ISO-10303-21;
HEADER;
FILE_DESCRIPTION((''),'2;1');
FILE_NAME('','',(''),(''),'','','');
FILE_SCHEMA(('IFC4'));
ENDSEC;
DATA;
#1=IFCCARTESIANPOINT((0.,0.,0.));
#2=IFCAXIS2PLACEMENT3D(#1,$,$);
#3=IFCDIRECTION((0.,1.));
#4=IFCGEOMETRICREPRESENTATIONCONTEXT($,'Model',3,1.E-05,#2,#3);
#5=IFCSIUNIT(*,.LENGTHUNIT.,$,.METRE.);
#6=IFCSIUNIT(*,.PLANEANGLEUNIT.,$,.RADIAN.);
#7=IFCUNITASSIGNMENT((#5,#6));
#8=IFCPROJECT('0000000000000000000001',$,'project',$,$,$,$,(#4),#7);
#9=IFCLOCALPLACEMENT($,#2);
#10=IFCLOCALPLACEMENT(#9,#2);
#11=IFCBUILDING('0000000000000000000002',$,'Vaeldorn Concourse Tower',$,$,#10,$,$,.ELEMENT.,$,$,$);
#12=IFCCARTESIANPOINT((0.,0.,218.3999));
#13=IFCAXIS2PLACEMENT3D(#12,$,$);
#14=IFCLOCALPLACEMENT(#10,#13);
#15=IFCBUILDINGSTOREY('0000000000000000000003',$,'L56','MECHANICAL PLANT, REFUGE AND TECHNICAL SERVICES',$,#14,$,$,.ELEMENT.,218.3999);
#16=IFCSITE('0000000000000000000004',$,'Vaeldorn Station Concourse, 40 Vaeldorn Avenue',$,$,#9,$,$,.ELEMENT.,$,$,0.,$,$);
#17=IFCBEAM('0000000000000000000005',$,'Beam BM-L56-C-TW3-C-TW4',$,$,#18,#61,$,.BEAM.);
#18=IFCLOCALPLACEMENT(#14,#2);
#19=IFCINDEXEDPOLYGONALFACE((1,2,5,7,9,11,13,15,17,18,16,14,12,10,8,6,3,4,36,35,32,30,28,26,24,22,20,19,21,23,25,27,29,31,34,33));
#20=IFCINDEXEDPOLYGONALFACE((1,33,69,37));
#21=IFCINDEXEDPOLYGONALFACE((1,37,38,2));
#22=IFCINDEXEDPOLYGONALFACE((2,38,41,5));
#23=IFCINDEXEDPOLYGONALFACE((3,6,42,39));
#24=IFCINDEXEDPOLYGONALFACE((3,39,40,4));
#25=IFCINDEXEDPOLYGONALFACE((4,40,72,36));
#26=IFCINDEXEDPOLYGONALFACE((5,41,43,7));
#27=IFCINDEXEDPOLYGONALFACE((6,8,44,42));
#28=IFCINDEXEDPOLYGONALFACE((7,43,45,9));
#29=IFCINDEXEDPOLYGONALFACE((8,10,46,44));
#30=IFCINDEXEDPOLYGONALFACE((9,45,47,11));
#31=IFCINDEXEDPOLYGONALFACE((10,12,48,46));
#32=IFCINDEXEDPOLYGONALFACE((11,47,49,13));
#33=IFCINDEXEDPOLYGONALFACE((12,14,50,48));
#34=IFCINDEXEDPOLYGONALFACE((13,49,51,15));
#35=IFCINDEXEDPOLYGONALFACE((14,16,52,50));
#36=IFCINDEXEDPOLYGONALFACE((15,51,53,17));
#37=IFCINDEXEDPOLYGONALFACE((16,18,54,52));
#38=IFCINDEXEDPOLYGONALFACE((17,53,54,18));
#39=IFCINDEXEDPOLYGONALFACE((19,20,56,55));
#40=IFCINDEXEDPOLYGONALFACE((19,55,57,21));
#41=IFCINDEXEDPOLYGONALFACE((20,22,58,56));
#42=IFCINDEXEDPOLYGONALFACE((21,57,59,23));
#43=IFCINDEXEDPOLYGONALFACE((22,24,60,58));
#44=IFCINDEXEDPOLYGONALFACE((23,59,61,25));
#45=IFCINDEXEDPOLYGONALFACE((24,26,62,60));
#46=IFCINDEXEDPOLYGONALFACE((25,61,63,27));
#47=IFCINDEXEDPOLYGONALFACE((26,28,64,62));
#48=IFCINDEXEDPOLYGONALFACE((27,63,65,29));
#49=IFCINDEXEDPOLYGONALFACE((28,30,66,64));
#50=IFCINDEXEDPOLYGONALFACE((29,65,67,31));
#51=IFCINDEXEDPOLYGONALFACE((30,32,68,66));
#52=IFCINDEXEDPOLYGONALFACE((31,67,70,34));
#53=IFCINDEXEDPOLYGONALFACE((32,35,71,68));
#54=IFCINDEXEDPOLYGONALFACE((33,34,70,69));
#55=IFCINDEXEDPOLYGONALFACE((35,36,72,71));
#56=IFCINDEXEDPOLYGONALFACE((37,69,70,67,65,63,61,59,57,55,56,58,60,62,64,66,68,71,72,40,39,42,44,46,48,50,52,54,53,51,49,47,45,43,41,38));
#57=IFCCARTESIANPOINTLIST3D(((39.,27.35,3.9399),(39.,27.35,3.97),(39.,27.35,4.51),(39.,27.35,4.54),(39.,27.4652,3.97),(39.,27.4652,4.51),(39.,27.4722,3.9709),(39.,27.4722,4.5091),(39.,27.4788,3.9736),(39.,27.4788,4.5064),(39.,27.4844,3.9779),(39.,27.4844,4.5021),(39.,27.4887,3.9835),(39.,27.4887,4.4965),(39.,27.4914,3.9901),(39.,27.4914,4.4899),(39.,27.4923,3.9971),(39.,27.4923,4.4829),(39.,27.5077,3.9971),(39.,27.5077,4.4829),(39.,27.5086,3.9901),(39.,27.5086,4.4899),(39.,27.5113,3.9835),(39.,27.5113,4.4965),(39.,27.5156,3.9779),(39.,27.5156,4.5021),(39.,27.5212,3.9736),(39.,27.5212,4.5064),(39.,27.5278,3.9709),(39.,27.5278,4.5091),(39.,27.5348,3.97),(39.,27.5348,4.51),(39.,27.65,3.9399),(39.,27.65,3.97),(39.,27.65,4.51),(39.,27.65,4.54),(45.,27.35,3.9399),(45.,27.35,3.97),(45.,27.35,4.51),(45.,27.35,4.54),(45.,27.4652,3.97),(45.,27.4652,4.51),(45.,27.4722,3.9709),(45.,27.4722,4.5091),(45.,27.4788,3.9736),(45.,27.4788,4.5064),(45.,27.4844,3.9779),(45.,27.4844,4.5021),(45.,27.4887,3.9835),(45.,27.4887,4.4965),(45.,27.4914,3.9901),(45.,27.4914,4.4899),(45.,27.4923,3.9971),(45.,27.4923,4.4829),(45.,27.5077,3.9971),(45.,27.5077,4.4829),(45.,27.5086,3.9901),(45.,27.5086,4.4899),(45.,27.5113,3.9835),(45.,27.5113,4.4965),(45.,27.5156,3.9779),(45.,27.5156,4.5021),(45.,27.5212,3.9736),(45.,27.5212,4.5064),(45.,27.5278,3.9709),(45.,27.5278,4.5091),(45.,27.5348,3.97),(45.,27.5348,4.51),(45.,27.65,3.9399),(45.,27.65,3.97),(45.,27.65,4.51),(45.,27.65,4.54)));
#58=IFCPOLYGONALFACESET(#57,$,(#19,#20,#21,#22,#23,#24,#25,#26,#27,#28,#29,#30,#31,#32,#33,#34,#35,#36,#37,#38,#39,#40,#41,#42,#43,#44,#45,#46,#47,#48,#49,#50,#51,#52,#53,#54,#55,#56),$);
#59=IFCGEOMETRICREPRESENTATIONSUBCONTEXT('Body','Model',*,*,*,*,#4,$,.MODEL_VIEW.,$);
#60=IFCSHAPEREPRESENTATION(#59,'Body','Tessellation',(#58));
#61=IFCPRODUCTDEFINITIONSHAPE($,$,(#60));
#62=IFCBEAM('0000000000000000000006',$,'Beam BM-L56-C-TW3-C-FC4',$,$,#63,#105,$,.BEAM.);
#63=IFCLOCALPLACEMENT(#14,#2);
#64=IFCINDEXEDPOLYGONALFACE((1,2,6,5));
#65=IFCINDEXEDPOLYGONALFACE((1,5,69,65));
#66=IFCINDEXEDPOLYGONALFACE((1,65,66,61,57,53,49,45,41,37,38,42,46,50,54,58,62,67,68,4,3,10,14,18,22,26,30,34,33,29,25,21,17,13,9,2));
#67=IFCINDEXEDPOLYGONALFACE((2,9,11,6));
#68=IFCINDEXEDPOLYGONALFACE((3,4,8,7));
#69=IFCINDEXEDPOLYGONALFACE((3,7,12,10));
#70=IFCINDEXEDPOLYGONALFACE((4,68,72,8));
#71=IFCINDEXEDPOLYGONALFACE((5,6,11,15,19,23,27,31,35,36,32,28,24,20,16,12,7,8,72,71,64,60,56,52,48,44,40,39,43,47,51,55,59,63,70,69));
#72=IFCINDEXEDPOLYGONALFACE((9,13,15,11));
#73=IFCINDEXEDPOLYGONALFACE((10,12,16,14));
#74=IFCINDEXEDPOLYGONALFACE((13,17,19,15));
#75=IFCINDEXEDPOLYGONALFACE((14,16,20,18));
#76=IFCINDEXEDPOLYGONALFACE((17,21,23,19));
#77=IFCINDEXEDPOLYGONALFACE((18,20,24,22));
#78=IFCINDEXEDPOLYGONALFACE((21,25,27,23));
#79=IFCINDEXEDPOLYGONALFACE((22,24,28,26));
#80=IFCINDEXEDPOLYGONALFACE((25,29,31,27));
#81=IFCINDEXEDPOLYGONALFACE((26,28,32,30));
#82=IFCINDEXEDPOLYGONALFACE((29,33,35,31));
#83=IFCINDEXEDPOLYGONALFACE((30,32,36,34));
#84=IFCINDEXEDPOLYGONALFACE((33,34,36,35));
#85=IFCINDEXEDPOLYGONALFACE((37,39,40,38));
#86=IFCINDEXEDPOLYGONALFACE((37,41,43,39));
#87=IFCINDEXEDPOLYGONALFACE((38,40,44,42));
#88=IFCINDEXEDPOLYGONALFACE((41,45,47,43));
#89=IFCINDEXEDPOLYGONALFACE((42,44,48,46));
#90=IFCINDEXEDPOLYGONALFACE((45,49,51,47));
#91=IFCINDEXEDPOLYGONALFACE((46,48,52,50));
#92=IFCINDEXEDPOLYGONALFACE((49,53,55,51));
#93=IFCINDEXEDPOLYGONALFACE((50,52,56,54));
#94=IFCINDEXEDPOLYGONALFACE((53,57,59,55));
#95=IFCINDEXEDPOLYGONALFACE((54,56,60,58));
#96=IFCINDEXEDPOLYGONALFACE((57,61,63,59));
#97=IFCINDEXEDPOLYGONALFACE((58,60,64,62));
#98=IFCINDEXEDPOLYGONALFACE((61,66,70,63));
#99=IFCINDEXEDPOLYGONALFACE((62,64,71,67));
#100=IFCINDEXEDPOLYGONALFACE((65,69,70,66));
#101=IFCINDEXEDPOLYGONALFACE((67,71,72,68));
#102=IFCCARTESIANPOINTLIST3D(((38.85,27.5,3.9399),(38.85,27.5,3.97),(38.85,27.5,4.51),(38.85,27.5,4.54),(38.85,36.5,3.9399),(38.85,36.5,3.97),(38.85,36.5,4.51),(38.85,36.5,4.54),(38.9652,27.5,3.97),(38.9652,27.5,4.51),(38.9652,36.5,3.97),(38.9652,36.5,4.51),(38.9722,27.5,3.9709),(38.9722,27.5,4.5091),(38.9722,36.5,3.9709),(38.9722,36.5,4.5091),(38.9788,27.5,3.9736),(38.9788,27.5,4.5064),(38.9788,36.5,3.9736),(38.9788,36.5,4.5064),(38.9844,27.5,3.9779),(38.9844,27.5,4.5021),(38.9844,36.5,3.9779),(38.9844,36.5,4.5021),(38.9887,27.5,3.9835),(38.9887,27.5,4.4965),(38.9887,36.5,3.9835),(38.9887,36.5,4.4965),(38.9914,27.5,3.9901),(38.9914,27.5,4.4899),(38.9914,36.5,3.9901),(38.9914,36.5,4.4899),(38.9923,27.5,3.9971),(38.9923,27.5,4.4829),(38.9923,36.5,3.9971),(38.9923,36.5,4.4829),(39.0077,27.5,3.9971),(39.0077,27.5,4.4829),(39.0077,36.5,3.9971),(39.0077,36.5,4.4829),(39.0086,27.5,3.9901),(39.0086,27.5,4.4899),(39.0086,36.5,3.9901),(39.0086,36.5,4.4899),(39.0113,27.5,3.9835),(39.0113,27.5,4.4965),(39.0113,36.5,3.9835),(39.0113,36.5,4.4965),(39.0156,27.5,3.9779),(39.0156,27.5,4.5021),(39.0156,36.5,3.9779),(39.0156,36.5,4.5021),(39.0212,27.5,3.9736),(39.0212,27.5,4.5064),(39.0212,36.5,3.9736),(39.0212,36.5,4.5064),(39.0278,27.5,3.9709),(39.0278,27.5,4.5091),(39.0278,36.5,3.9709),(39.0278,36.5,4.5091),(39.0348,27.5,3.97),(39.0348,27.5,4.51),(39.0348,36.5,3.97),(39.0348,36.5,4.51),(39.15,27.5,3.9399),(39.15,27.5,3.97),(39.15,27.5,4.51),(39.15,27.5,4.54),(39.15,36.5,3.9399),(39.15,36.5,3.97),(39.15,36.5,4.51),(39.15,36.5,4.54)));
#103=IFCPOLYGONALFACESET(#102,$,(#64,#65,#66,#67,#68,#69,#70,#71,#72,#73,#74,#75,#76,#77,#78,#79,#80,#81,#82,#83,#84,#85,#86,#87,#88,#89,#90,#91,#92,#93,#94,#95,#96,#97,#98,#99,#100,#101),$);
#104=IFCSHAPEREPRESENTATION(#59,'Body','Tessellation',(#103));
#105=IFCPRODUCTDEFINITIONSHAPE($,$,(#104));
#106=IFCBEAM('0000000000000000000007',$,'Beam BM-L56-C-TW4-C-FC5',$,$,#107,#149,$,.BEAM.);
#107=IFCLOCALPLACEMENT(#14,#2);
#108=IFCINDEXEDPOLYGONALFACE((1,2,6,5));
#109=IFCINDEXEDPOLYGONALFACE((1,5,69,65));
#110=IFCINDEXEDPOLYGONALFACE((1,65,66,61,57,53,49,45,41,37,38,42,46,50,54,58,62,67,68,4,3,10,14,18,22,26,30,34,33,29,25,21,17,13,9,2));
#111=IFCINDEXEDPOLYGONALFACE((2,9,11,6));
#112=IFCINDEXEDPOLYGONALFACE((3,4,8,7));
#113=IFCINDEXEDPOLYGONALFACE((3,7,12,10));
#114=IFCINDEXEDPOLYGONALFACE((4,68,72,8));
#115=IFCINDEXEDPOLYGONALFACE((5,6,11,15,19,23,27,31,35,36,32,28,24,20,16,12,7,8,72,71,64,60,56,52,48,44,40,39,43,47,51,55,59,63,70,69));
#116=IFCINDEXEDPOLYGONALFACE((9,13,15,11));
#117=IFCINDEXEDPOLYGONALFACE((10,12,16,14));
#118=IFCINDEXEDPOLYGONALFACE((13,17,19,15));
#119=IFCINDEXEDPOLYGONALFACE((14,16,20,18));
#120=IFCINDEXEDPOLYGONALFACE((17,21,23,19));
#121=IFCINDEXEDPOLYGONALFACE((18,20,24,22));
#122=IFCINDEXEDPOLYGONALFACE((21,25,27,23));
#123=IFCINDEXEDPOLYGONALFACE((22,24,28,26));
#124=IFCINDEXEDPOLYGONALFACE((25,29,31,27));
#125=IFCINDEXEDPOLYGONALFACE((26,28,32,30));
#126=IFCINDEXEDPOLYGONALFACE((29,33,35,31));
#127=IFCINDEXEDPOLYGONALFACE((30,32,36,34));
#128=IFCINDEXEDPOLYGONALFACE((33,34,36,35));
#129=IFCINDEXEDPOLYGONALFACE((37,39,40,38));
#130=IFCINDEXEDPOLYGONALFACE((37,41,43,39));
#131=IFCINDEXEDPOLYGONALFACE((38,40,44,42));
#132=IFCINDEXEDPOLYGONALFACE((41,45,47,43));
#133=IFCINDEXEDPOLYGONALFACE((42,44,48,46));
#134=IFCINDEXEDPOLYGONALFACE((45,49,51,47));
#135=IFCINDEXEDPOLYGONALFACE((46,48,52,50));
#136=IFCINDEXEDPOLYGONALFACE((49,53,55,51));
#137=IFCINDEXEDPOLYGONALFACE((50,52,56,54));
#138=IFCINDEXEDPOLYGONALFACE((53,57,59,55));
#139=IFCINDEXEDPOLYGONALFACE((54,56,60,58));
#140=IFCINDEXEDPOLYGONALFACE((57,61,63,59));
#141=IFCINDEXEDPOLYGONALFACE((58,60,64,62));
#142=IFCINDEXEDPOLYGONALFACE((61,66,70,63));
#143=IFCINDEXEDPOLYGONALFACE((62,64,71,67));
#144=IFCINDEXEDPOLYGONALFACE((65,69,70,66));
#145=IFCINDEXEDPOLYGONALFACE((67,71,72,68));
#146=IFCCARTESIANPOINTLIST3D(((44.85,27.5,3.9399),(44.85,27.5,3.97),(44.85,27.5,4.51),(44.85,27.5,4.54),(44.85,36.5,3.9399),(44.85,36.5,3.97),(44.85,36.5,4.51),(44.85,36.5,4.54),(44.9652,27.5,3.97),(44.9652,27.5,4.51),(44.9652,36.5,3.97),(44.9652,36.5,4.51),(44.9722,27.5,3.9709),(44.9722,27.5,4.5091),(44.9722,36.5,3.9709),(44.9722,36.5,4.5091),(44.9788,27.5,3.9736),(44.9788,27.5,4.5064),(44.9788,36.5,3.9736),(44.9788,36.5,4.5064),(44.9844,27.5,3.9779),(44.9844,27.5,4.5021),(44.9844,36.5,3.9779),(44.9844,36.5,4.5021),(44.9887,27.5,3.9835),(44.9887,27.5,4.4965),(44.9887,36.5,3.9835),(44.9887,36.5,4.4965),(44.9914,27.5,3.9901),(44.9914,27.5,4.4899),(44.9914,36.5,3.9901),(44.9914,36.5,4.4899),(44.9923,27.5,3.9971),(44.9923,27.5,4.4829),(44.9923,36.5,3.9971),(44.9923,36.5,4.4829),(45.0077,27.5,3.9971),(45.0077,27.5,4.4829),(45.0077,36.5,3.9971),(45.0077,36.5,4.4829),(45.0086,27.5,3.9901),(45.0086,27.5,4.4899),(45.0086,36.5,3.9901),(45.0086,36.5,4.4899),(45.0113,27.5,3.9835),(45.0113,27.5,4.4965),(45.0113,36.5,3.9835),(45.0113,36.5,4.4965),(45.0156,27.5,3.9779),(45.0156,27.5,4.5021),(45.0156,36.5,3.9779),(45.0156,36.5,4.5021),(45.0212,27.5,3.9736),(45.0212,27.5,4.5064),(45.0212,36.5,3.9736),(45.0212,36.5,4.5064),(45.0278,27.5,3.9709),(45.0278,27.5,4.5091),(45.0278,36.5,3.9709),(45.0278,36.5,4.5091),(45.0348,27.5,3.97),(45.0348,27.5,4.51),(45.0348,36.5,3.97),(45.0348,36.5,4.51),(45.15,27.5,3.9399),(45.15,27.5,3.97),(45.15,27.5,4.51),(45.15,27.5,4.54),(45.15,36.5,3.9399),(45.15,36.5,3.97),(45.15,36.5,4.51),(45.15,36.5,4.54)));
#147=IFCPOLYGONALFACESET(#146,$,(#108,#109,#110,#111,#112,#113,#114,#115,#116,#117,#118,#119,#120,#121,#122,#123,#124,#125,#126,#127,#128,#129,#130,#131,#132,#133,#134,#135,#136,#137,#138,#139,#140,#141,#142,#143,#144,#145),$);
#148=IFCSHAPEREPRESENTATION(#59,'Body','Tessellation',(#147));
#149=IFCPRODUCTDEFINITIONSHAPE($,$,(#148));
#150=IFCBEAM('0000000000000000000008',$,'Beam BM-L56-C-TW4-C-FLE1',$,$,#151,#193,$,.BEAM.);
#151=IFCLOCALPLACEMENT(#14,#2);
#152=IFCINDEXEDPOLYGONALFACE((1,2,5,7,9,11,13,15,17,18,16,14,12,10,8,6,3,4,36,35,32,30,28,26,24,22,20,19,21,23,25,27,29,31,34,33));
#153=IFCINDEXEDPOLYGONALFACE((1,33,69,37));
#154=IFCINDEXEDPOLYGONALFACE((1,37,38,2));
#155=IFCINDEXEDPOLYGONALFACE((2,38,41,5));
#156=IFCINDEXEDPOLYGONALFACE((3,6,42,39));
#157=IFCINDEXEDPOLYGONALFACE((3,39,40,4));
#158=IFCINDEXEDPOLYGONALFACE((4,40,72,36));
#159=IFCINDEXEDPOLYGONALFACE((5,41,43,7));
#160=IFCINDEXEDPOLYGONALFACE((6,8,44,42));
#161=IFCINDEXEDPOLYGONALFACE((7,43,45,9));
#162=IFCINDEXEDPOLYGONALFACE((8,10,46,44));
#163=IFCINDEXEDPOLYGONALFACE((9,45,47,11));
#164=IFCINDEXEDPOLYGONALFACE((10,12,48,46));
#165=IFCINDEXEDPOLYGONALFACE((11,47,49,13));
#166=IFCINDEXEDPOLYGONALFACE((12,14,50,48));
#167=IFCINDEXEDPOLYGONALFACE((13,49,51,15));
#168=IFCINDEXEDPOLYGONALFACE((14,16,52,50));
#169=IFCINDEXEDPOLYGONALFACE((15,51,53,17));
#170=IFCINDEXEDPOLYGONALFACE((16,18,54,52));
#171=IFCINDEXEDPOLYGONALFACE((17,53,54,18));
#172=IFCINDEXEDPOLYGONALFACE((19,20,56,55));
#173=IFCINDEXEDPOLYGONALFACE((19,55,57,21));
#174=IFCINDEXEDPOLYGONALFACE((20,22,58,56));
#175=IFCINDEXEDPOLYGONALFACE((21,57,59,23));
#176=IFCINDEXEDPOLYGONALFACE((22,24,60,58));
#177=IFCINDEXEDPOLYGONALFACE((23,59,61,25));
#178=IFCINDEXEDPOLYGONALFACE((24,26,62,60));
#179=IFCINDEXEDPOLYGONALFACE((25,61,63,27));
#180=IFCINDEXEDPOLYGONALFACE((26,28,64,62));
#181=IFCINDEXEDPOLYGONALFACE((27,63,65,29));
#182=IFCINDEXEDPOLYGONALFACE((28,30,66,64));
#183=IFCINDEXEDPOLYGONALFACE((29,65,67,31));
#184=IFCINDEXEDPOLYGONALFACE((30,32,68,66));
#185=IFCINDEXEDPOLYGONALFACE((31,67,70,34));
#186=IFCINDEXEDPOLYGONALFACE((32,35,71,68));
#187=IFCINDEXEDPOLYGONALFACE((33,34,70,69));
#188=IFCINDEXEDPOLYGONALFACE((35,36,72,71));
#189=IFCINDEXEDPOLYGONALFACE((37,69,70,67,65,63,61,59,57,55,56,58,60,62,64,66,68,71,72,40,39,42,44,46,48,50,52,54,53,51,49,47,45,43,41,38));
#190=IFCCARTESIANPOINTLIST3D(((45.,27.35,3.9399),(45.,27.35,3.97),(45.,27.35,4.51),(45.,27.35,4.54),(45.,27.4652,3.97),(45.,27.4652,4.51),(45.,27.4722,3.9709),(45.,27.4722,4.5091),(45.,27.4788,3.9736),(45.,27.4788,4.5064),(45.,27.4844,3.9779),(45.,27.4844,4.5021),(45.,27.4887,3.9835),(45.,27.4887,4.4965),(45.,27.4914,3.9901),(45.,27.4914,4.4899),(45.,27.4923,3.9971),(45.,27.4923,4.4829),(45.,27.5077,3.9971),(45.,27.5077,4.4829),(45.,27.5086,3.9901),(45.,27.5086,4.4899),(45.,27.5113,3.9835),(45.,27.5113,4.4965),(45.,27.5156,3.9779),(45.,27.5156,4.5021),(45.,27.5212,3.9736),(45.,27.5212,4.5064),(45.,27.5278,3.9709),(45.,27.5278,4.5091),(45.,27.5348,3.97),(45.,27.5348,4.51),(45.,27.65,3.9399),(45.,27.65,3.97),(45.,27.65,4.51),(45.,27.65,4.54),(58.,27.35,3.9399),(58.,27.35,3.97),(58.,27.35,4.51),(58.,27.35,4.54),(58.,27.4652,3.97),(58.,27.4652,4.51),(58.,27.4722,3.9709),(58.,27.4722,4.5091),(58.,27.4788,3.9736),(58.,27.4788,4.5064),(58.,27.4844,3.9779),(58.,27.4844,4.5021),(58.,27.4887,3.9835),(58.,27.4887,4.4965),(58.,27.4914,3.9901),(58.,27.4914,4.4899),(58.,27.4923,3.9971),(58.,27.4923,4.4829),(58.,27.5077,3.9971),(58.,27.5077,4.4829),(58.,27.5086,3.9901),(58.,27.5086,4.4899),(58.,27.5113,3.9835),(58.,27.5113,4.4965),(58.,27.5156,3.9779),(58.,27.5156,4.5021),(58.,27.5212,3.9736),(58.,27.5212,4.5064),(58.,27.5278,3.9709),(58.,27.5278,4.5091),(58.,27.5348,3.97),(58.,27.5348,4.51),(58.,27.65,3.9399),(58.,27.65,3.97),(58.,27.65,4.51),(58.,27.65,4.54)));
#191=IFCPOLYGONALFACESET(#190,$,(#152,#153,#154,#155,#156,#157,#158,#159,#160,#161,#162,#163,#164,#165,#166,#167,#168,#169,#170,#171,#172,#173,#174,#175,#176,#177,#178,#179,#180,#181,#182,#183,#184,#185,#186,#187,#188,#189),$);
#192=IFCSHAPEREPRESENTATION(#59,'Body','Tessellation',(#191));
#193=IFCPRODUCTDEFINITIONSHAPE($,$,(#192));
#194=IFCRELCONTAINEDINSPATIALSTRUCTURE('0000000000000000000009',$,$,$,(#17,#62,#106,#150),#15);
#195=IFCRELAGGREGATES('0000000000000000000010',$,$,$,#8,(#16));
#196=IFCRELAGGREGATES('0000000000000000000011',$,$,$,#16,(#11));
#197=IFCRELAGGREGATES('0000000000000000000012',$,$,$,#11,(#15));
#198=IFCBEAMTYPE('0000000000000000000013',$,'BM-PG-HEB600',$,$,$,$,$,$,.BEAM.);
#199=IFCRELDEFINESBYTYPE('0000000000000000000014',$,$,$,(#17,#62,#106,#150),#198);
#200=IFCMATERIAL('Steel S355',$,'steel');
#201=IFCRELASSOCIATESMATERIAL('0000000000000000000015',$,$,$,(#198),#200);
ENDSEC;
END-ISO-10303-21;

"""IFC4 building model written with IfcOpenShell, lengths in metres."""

from ifc_helpers import new_model, si_unit, direction, frame, origin, origin_2d, place, context, subcontext, project, spatial, i_section, extrude, source, transform, mapped, material, material_profile, profile_set, type_object, element, save


model = new_model("IFC4")

# Units and contexts
model_context = context("Model", 3, precision=1e-05, world=origin(), true_north=direction((0.0, 1.0)))
body_context = subcontext(model_context, "Body", "Model", "MODEL_VIEW")
ifc_project = project(units=[si_unit("LENGTHUNIT", "METRE"), si_unit("PLANEANGLEUNIT", "RADIAN")], contexts=[model_context])

# Site, building, storey
site_placement = place(None, origin())
site = spatial("IfcSite", under=ifc_project, at=site_placement, Name="Vaeldorn Station Concourse, 40 Vaeldorn Avenue", CompositionType="ELEMENT", RefElevation=0.0)
building_placement = place(site_placement, origin())
building = spatial("IfcBuilding", under=site, at=building_placement, Name="Vaeldorn Concourse Tower", CompositionType="ELEMENT")
storey_placement = place(building_placement, frame((0.0, 0.0, 218.3999)))
storey = spatial("IfcBuildingStorey", under=building, at=storey_placement, Name="L56", Description="MECHANICAL PLANT, REFUGE AND TECHNICAL SERVICES", CompositionType="ELEMENT", Elevation=218.3999)

# Shared definitions
ifc_material_1 = material(Name="Steel S355", Category="steel")

# Beams
ifc_material_profile_1 = material_profile(ifc_material_1, i_section(OverallWidth=0.3, OverallDepth=0.6001, WebThickness=0.0154, FlangeThickness=0.03, FilletRadius=0.0271, at=origin_2d()), Name="HEB 600")
ifc_profile_set_1 = profile_set([ifc_material_profile_1], Name="Steel S355")
beam_type_1 = type_object("IfcBeamType", Name="BM-PG-HEB600", PredefinedType="BEAM", material=ifc_profile_set_1)
shared_shape_1 = source(origin(), body_context, "Body", "SweptSolid", [
    extrude(i_section(OverallWidth=0.3, OverallDepth=0.6001, WebThickness=0.0154, FlangeThickness=0.03, FilletRadius=0.0271, at=origin_2d()), origin(), (0.0, 0.0, 1.0), 6.0),
])
beam_1_placement = place(storey_placement, frame((39.0, 27.5, 4.24), z_axis=(1.0, 0.0, 0.0), x_axis=(0.0, 1.0, 0.0)))
element("IfcBeam", 1, at=beam_1_placement, inside=storey, type_object=beam_type_1, Name="Beam BM-L56-C-TW3-C-TW4", PredefinedType="BEAM", context=body_context, shape_type="MappedRepresentation", body=[
    mapped(shared_shape_1, transform((0.0, 0.0, 0.0), scale=1.0)),
])
shared_shape_2 = source(origin(), body_context, "Body", "SweptSolid", [
    extrude(i_section(OverallWidth=0.3, OverallDepth=0.6001, WebThickness=0.0154, FlangeThickness=0.03, FilletRadius=0.0271, at=origin_2d()), origin(), (0.0, 0.0, 1.0), 9.0),
])
for number, where, z_axis, x_axis, name in (
    (2, (39.0, 27.5, 4.24), (0.0, 1.0, 0.0), (-1.0, 0.0, 0.0), "Beam BM-L56-C-TW3-C-FC4"),
    (3, (45.0, 27.5, 4.24), (0.0, 1.0, 0.0), (-1.0, 0.0, 0.0), "Beam BM-L56-C-TW4-C-FC5"),
):
    element("IfcBeam", number, at=place(storey_placement, frame(where, z_axis=z_axis, x_axis=x_axis)), inside=storey, type_object=beam_type_1, Name=name, PredefinedType="BEAM", context=body_context, shape_type="MappedRepresentation", body=[
        mapped(shared_shape_2, transform((0.0, 0.0, 0.0), scale=1.0)),
    ])
shared_shape_3 = source(origin(), body_context, "Body", "SweptSolid", [
    extrude(i_section(OverallWidth=0.3, OverallDepth=0.6001, WebThickness=0.0154, FlangeThickness=0.03, FilletRadius=0.0271, at=origin_2d()), origin(), (0.0, 0.0, 1.0), 13.0),
])
beam_2_placement = place(storey_placement, frame((45.0, 27.5, 4.24), z_axis=(1.0, 0.0, 0.0), x_axis=(0.0, 1.0, 0.0)))
element("IfcBeam", 4, at=beam_2_placement, inside=storey, type_object=beam_type_1, Name="Beam BM-L56-C-TW4-C-FLE1", PredefinedType="BEAM", context=body_context, shape_type="MappedRepresentation", body=[
    mapped(shared_shape_3, transform((0.0, 0.0, 0.0), scale=1.0)),
])

save(model, "model.ifc")
